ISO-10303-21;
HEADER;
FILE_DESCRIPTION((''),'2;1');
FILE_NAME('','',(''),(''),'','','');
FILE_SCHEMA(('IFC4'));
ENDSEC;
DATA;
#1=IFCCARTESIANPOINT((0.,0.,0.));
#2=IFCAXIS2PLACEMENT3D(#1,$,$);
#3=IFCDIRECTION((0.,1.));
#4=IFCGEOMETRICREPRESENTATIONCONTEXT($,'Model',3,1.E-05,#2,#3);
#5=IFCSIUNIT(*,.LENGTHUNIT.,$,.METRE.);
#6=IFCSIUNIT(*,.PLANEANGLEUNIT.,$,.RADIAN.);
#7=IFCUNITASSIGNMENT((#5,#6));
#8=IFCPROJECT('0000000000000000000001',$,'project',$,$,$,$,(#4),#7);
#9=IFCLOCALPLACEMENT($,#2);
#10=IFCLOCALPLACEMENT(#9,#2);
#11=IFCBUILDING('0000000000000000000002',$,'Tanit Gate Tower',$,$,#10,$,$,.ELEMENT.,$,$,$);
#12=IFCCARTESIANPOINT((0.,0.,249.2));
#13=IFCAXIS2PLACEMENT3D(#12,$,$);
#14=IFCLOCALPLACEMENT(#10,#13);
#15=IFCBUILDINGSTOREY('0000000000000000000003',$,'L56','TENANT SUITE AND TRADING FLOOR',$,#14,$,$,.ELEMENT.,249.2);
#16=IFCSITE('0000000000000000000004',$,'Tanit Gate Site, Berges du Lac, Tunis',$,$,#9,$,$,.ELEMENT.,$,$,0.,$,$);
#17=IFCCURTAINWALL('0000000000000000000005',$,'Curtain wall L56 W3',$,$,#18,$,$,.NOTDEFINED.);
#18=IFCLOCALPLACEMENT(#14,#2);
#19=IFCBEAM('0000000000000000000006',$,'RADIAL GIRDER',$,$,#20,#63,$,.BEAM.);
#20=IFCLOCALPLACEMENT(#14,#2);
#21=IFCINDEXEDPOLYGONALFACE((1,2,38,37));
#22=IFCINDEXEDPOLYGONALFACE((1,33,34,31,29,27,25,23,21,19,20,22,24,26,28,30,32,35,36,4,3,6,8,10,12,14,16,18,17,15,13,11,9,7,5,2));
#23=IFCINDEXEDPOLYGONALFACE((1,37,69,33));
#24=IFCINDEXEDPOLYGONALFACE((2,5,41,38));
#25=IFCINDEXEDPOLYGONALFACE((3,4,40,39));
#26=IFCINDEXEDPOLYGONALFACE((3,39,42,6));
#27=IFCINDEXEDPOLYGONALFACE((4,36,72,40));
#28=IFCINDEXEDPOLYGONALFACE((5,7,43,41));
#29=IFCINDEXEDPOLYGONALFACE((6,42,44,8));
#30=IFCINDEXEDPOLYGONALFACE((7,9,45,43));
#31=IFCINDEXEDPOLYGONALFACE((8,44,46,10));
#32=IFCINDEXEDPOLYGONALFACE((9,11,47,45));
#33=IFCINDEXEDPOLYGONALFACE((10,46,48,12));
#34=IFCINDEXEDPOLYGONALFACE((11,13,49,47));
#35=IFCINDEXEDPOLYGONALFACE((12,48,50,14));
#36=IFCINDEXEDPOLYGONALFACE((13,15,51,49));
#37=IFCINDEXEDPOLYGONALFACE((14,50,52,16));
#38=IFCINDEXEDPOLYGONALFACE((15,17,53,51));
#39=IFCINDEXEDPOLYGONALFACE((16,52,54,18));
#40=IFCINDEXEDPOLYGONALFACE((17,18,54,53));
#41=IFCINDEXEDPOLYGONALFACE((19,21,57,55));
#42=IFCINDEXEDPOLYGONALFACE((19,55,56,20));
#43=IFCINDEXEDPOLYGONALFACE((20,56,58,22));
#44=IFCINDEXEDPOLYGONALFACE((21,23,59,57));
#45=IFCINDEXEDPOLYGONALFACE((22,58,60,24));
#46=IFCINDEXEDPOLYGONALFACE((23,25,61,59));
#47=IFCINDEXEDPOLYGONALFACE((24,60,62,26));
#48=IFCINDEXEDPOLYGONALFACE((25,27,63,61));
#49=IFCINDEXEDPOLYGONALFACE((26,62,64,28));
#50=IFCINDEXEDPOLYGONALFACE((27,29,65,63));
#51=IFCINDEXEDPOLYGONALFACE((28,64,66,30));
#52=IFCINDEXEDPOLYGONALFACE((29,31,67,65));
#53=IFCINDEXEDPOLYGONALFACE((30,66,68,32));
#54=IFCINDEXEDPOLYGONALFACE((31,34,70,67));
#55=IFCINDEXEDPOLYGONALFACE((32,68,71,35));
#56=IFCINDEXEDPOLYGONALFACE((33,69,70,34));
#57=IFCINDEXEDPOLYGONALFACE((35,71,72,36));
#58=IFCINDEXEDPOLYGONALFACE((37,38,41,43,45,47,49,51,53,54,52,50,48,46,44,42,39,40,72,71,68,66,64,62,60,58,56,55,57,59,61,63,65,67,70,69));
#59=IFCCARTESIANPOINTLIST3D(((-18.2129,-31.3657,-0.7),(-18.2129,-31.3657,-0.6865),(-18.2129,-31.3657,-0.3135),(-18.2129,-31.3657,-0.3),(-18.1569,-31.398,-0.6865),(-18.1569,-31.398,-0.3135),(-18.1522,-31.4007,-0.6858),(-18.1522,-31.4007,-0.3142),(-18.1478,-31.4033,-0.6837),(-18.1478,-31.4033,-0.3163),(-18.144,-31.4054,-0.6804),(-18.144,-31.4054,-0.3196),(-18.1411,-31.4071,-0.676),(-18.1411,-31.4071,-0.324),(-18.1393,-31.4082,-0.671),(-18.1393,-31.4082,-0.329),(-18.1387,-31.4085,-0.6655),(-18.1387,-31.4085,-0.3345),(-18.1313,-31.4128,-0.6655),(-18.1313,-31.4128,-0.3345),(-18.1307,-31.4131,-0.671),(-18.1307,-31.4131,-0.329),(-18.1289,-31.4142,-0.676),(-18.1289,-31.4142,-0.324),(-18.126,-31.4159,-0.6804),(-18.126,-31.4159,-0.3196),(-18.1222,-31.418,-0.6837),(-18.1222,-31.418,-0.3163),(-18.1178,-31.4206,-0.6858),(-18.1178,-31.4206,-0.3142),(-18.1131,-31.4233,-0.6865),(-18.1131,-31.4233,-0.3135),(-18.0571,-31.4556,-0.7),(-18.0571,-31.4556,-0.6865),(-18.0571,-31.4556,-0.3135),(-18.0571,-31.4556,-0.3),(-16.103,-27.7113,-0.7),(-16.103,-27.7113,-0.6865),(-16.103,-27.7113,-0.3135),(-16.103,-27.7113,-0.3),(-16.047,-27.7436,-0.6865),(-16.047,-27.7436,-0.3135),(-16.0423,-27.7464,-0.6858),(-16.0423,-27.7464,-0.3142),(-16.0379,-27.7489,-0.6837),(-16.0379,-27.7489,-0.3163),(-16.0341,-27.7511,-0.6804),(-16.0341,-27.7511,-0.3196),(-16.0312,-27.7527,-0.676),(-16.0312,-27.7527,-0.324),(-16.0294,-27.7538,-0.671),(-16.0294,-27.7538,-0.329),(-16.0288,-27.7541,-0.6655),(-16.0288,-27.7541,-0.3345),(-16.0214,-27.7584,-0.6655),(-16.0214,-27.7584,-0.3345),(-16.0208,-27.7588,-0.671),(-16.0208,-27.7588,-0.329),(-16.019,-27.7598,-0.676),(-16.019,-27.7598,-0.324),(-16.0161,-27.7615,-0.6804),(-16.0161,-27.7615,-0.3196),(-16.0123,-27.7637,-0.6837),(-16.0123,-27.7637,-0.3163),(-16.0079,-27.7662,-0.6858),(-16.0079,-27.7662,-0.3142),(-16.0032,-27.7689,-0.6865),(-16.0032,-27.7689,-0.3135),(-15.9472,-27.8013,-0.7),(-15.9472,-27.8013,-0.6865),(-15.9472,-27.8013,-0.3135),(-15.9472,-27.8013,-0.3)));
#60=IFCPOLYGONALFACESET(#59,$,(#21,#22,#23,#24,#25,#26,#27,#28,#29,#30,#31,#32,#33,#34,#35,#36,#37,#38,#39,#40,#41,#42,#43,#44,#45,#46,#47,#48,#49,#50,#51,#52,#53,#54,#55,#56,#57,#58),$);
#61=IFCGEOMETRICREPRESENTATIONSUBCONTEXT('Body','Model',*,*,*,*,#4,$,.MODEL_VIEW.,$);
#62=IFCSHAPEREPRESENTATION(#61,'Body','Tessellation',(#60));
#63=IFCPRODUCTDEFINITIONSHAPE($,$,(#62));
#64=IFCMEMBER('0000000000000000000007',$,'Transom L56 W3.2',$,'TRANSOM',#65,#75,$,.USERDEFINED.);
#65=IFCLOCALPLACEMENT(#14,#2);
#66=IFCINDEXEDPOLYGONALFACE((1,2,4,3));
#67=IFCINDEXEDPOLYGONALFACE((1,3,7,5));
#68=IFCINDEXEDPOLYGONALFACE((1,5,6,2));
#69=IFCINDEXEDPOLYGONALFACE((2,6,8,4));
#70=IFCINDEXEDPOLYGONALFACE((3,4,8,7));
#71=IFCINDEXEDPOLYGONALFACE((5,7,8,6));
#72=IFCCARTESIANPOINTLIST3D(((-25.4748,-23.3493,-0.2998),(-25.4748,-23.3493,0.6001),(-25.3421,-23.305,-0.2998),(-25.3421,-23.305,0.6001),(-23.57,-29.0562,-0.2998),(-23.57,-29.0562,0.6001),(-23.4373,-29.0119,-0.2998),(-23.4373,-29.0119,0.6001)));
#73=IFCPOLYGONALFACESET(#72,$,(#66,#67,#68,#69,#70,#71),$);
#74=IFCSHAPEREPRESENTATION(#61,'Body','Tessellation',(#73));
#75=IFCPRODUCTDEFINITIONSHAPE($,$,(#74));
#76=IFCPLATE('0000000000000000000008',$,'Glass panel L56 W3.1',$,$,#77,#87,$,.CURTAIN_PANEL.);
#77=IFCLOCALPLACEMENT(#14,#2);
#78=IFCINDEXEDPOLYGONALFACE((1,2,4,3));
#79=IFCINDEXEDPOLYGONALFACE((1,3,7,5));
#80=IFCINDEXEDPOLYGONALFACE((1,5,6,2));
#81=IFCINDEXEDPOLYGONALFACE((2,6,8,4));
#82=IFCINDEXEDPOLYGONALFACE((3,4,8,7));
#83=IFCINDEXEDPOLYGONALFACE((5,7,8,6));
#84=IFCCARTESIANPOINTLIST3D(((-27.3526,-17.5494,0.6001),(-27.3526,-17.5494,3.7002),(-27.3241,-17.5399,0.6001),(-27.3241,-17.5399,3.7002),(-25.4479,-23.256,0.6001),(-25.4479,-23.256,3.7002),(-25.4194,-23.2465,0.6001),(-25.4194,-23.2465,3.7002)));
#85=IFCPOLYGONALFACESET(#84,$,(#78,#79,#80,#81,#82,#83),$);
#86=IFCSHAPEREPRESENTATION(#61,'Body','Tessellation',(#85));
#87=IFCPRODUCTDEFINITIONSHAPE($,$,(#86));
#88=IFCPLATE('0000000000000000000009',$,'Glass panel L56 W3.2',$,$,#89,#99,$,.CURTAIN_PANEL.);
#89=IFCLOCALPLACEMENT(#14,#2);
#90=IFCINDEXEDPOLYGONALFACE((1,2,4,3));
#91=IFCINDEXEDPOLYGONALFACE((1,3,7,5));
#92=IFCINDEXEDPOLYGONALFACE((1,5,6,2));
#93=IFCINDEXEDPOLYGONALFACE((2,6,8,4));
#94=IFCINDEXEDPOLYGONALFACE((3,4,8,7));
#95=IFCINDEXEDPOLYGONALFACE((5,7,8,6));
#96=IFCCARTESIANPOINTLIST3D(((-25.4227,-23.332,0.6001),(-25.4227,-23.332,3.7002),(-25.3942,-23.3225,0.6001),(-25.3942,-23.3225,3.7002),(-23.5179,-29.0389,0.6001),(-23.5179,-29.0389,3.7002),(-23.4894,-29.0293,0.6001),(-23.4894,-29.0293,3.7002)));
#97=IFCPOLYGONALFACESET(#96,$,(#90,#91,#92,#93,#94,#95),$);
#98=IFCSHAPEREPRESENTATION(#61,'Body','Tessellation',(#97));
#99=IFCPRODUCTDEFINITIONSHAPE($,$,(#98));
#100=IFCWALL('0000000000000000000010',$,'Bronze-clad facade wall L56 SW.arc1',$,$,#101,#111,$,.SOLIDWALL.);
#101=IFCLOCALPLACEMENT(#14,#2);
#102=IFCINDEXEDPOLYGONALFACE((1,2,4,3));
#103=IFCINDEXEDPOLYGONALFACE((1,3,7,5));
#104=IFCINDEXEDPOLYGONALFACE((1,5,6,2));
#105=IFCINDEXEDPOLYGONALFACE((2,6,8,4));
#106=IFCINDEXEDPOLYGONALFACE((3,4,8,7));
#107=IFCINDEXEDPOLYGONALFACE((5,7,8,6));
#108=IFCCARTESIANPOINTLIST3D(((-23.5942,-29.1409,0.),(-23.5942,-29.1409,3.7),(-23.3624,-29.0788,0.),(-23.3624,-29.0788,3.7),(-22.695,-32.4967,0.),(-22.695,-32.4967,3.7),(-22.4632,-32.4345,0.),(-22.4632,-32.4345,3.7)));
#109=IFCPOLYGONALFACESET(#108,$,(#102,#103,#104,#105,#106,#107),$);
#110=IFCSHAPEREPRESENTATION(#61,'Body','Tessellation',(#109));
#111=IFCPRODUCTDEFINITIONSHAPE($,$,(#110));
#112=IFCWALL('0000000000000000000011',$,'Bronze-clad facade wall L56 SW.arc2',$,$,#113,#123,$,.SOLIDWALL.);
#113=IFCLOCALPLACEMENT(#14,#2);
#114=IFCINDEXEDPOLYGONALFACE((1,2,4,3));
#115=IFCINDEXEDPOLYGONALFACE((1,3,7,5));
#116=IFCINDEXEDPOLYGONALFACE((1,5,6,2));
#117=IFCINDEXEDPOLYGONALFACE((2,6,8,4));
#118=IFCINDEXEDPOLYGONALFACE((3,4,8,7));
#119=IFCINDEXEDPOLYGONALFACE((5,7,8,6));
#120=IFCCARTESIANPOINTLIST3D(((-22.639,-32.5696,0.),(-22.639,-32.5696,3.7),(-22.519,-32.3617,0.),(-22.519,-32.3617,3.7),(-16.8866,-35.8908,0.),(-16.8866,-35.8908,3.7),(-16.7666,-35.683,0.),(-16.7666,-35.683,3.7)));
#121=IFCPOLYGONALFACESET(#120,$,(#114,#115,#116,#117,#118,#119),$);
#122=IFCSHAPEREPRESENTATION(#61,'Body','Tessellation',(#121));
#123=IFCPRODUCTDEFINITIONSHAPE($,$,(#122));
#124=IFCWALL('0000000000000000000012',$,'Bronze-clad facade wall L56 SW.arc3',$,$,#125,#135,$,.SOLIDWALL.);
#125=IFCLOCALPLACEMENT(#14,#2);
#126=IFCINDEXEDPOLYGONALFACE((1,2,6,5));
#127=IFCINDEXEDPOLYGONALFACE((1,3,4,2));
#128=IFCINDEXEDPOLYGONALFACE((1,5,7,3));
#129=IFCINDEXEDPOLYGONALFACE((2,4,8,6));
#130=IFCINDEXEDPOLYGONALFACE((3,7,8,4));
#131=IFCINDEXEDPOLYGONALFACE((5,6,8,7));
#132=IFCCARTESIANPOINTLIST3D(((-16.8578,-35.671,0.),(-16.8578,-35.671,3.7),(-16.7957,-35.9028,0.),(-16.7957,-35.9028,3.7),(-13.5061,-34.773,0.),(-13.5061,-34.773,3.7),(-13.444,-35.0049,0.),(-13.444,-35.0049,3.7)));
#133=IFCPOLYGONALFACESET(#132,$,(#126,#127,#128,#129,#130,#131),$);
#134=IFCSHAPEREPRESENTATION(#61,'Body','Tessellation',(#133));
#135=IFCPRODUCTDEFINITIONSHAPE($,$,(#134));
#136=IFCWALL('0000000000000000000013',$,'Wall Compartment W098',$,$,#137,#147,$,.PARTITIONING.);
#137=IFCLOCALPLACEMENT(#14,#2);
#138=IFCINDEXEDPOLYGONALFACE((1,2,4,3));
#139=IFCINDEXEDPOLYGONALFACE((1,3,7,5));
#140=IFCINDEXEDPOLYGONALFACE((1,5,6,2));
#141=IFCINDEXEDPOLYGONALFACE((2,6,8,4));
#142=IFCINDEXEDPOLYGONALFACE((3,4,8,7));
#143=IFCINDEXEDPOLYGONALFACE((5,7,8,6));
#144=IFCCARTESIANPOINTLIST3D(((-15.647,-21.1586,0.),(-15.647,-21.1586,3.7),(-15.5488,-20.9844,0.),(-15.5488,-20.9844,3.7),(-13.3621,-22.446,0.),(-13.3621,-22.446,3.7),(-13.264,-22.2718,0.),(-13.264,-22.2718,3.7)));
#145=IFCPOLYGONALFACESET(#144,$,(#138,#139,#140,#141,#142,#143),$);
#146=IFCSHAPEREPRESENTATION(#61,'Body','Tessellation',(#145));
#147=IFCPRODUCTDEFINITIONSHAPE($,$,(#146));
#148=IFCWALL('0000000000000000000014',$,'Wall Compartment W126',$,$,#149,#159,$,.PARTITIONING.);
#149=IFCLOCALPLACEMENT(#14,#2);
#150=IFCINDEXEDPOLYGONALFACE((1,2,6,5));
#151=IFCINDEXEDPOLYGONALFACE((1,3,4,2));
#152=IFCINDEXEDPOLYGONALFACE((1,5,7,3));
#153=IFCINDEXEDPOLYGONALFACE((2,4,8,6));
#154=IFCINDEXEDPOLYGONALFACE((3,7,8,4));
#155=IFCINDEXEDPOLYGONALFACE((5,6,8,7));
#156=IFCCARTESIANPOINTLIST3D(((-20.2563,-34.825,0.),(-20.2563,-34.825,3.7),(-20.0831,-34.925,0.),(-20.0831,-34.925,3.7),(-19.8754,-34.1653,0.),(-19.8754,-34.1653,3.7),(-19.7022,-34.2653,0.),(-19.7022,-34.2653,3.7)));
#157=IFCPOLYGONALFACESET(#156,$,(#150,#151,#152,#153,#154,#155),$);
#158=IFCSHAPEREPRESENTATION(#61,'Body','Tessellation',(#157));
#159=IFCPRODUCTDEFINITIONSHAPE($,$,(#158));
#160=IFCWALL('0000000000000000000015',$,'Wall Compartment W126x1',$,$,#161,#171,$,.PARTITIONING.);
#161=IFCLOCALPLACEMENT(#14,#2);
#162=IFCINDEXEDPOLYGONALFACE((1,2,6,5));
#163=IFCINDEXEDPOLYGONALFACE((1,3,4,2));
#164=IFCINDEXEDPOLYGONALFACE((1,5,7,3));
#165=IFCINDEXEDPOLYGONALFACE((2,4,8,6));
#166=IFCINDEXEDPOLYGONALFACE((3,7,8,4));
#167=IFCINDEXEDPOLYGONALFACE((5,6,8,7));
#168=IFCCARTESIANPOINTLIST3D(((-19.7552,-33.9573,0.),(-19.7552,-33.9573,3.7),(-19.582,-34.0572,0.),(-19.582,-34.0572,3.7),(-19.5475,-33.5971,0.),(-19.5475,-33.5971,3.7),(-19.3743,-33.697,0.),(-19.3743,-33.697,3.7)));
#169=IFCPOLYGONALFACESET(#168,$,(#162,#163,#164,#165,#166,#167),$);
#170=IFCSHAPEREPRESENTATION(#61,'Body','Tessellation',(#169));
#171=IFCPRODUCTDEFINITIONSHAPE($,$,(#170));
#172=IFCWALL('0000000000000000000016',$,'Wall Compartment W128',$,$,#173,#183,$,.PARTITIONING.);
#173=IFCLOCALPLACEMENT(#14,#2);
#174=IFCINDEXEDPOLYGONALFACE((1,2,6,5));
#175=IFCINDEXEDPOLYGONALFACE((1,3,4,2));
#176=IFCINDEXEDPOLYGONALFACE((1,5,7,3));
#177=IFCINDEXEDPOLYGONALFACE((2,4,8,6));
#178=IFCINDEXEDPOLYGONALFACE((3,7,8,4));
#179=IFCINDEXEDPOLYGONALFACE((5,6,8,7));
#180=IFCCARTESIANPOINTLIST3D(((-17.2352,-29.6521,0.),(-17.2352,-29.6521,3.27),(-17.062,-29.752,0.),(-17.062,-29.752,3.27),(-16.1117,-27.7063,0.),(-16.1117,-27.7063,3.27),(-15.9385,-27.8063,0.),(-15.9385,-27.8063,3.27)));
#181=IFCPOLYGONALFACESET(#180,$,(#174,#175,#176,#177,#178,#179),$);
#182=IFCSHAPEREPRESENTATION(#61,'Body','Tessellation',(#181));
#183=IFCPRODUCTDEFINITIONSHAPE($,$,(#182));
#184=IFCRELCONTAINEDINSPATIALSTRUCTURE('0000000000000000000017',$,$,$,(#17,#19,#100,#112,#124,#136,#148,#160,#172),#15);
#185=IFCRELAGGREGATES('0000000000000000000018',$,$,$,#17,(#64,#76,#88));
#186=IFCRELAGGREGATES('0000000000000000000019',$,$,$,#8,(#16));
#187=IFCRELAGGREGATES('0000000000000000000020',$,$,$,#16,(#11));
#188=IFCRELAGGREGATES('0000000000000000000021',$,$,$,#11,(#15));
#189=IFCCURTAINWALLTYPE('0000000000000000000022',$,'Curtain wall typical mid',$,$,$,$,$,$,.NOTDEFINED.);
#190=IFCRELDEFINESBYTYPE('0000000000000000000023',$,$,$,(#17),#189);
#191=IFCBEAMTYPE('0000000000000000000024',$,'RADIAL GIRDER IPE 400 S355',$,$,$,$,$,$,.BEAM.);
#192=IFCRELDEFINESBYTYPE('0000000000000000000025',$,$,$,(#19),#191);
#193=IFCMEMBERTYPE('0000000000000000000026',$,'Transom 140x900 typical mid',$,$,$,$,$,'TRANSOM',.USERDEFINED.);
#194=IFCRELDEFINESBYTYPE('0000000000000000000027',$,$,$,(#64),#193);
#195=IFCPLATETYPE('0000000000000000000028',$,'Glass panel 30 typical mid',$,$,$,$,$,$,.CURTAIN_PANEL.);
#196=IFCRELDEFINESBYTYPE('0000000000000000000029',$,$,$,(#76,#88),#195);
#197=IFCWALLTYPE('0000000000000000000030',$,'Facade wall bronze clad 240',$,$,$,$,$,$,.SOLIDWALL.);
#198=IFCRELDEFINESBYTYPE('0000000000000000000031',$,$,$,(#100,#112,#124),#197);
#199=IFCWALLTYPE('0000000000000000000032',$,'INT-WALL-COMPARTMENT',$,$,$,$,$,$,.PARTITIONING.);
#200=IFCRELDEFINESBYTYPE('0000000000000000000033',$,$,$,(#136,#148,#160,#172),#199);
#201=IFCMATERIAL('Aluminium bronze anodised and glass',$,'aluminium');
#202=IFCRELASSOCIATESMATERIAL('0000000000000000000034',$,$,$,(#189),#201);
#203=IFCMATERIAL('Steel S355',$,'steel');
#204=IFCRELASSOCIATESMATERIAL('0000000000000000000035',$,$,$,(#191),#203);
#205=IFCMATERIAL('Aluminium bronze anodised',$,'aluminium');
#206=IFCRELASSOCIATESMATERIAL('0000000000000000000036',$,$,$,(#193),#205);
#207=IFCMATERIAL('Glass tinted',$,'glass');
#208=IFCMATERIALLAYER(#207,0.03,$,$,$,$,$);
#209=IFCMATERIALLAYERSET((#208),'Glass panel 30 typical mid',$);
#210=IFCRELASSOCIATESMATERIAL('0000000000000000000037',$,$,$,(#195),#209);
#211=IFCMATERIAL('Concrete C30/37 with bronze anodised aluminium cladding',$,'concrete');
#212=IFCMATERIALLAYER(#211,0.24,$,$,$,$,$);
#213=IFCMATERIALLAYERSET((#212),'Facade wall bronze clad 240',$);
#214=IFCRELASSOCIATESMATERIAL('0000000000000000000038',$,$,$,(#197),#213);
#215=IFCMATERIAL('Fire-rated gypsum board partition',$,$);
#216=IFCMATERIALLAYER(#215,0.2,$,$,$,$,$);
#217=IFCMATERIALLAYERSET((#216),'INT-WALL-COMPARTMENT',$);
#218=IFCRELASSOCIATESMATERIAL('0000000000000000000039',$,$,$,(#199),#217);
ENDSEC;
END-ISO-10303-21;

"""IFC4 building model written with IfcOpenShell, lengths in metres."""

from ifc_helpers import new_model, si_unit, direction, frame, frame_2d, origin, origin_2d, place, context, subcontext, project, spatial, rectangle, i_section, extrude, material, layer, layer_set, material_profile, profile_set, type_object, element, aggregate, save


model = new_model("IFC4")

# Units and contexts
model_context = context("Model", 3, precision=1e-05, world=origin(), true_north=direction((0.0, 1.0)))
body_context = subcontext(model_context, "Body", "Model", "MODEL_VIEW")
ifc_project = project(units=[si_unit("LENGTHUNIT", "METRE"), si_unit("PLANEANGLEUNIT", "RADIAN")], contexts=[model_context])

# Site, building, storey
site_placement = place(None, origin())
site = spatial("IfcSite", under=ifc_project, at=site_placement, Name="Tanit Gate Site, Berges du Lac, Tunis", CompositionType="ELEMENT", RefElevation=0.0)
building_placement = place(site_placement, origin())
building = spatial("IfcBuilding", under=site, at=building_placement, Name="Tanit Gate Tower", CompositionType="ELEMENT")
storey_placement = place(building_placement, frame((0.0, 0.0, 249.2)))
storey = spatial("IfcBuildingStorey", under=building, at=storey_placement, Name="L56", Description="TENANT SUITE AND TRADING FLOOR", CompositionType="ELEMENT", Elevation=249.2)

# Curtain wall
ifc_material_1 = material(Name="Aluminium bronze anodised and glass", Category="aluminium")
curtain_wall_type = type_object("IfcCurtainWallType", Name="Curtain wall typical mid", PredefinedType="NOTDEFINED", material=ifc_material_1)
curtain_wall_placement = place(storey_placement, origin())
curtain_wall = element("IfcCurtainWall", 1, at=curtain_wall_placement, inside=storey, type_object=curtain_wall_type, Name="Curtain wall L56 W3", PredefinedType="NOTDEFINED")

# Beam
ifc_material_2 = material(Name="Steel S355", Category="steel")
ifc_material_profile_1 = material_profile(ifc_material_2, i_section(OverallWidth=0.1799, OverallDepth=0.3999, WebThickness=0.0085, FlangeThickness=0.0134, FilletRadius=0.021, at=origin_2d()), Name="IPE 400")
ifc_profile_set_1 = profile_set([ifc_material_profile_1], Name="Steel S355")
beam_type_1 = type_object("IfcBeamType", Name="RADIAL GIRDER IPE 400 S355", PredefinedType="BEAM", material=ifc_profile_set_1)
beam_1_placement = place(storey_placement, frame((-18.135, -31.4106, -0.5), z_axis=(0.50001, 0.86602, 0.0), x_axis=(-0.86602, 0.50001, 0.0)))
element("IfcBeam", 2, at=beam_1_placement, inside=storey, type_object=beam_type_1, Name="RADIAL GIRDER", PredefinedType="BEAM", context=body_context, shape_type="SweptSolid", body=[
    extrude(i_section(OverallWidth=0.1799, OverallDepth=0.3999, WebThickness=0.0085, FlangeThickness=0.0134, FilletRadius=0.021, at=origin_2d()), origin(), (0.0, 0.0, 1.0), 4.2197),
])

# Member
ifc_material_3 = material(Name="Aluminium bronze anodised", Category="aluminium")
ifc_material_profile_2 = material_profile(ifc_material_3, rectangle(XDim=0.1399, YDim=0.8999, at=origin_2d()), Name="140x900 bronze transom")
ifc_profile_set_2 = profile_set([ifc_material_profile_2], Name="Aluminium bronze anodised")
member_type_1 = type_object("IfcMemberType", Name="Transom 140x900 typical mid", ElementType="TRANSOM", PredefinedType="USERDEFINED", material=ifc_profile_set_2)
member_1_placement = place(storey_placement, frame((-25.4084, -23.3271, 0.1501), z_axis=(0.316605, -0.948557, 0.0), x_axis=(0.948557, 0.316605, 0.0)))
member_1 = element("IfcMember", 3, at=member_1_placement, type_object=member_type_1, Name="Transom L56 W3.2", ObjectType="TRANSOM", PredefinedType="USERDEFINED", context=body_context, shape_type="SweptSolid", body=[
    extrude(rectangle(XDim=0.1399, YDim=0.8999, at=origin_2d()), origin(), (0.0, 0.0, 1.0), 6.0164),
])

# Plates
ifc_material_4 = material(Name="Glass tinted", Category="glass")
ifc_layer_1 = layer(ifc_material_4, 0.03)
ifc_layer_set_1 = layer_set([ifc_layer_1], Name="Glass panel 30 typical mid")
plate_type = type_object("IfcPlateType", Name="Glass panel 30 typical mid", PredefinedType="CURTAIN_PANEL", material=ifc_layer_set_1)
plate_1_placement = place(storey_placement, frame((-26.386, -20.3979, 0.6001), z_axis=(0.0, 0.0, 1.0), x_axis=(0.316598, -0.94856, 0.0)))
plate_1 = element("IfcPlate", 4, at=plate_1_placement, type_object=plate_type, Name="Glass panel L56 W3.1", PredefinedType="CURTAIN_PANEL", context=body_context, shape_type="SweptSolid", body=[
    extrude(rectangle(XDim=6.0161, YDim=0.03, at=origin_2d()), origin(), (0.0, 0.0, 1.0), 3.1001),
])
plate_2_placement = place(storey_placement, frame((-24.4561, -26.1807, 0.6001), z_axis=(0.0, 0.0, 1.0), x_axis=(0.316598, -0.94856, 0.0)))
plate_2 = element("IfcPlate", 5, at=plate_2_placement, type_object=plate_type, Name="Glass panel L56 W3.2", PredefinedType="CURTAIN_PANEL", context=body_context, shape_type="SweptSolid", body=[
    extrude(rectangle(XDim=6.0164, YDim=0.03, at=origin_2d()), origin(), (0.0, 0.0, 1.0), 3.1001),
])
aggregate(curtain_wall, [member_1, plate_1, plate_2])

# Walls
ifc_material_5 = material(Name="Concrete C30/37 with bronze anodised aluminium cladding", Category="concrete")
ifc_layer_2 = layer(ifc_material_5, 0.24)
ifc_layer_set_2 = layer_set([ifc_layer_2], Name="Facade wall bronze clad 240")
wall_type_1 = type_object("IfcWallType", Name="Facade wall bronze clad 240", PredefinedType="SOLIDWALL", material=ifc_layer_set_2)
wall_1_placement = place(storey_placement, frame((-23.4783, -29.1099, 0.0), z_axis=(0.0, 0.0, 1.0), x_axis=(0.258822, -0.965925, 0.0)))
element("IfcWall", 6, at=wall_1_placement, inside=storey, type_object=wall_type_1, Name="Bronze-clad facade wall L56 SW.arc1", PredefinedType="SOLIDWALL", context=body_context, shape_type="SweptSolid", body=[
    extrude(rectangle(XDim=3.4741, YDim=0.24, at=frame_2d((1.7371, 0.0))), origin(), (0.0, 0.0, 1.0), 3.7),
])
wall_2_placement = place(storey_placement, frame((-22.5791, -32.4656, 0.0), z_axis=(0.0, 0.0, 1.0), x_axis=(0.866018, -0.500013, 0.0)))
element("IfcWall", 7, at=wall_2_placement, inside=storey, type_object=wall_type_1, Name="Bronze-clad facade wall L56 SW.arc2", PredefinedType="SOLIDWALL", context=body_context, shape_type="SweptSolid", body=[
    extrude(rectangle(XDim=6.6423, YDim=0.24, at=frame_2d((3.3213, 0.0))), origin(), (0.0, 0.0, 1.0), 3.7),
])
wall_3_placement = place(storey_placement, frame((-16.8267, -35.7869, 0.0), z_axis=(0.0, 0.0, 1.0), x_axis=(0.965938, 0.258775, 0.0)))
element("IfcWall", 8, at=wall_3_placement, inside=storey, type_object=wall_type_1, Name="Bronze-clad facade wall L56 SW.arc3", PredefinedType="SOLIDWALL", context=body_context, shape_type="SweptSolid", body=[
    extrude(rectangle(XDim=3.47, YDim=0.24, at=frame_2d((1.7349, 0.0))), origin(), (0.0, 0.0, 1.0), 3.7),
])
ifc_material_6 = material(Name="Fire-rated gypsum board partition")
ifc_layer_3 = layer(ifc_material_6, 0.2)
ifc_layer_set_3 = layer_set([ifc_layer_3], Name="INT-WALL-COMPARTMENT")
wall_type_2 = type_object("IfcWallType", Name="INT-WALL-COMPARTMENT", PredefinedType="PARTITIONING", material=ifc_layer_set_3)
wall_4_placement = place(storey_placement, frame((-15.5979, -21.0715, 0.0), z_axis=(0.0, 0.0, 1.0), x_axis=(0.871235, -0.490867, 0.0)))
element("IfcWall", 9, at=wall_4_placement, inside=storey, type_object=wall_type_2, Name="Wall Compartment W098", PredefinedType="PARTITIONING", context=body_context, shape_type="SweptSolid", body=[
    extrude(rectangle(XDim=2.6226, YDim=0.2, at=frame_2d((1.3113, 0.0))), origin(), (0.0, 0.0, 1.0), 3.7),
])
wall_5_placement = place(storey_placement, frame((-20.1697, -34.875, 0.0), z_axis=(0.0, 0.0, 1.0), x_axis=(0.5, 0.866025, 0.0)))
element("IfcWall", 10, at=wall_5_placement, inside=storey, type_object=wall_type_2, Name="Wall Compartment W126", PredefinedType="PARTITIONING", context=body_context, shape_type="SweptSolid", body=[
    extrude(rectangle(XDim=0.7617, YDim=0.2, at=frame_2d((0.3809, 0.0))), origin(), (0.0, 0.0, 1.0), 3.7),
])
wall_6_placement = place(storey_placement, frame((-19.6687, -34.0073, 0.0), z_axis=(0.0, 0.0, 1.0), x_axis=(0.499739, 0.866176, 0.0)))
element("IfcWall", 11, at=wall_6_placement, inside=storey, type_object=wall_type_2, Name="Wall Compartment W126x1", PredefinedType="PARTITIONING", context=body_context, shape_type="SweptSolid", body=[
    extrude(rectangle(XDim=0.4158, YDim=0.2, at=frame_2d((0.208, 0.0))), origin(), (0.0, 0.0, 1.0), 3.7),
])
wall_7_placement = place(storey_placement, frame((-17.1487, -29.7021, 0.0), z_axis=(0.0, 0.0, 1.0), x_axis=(0.500042, 0.866001, 0.0)))
element("IfcWall", 12, at=wall_7_placement, inside=storey, type_object=wall_type_2, Name="Wall Compartment W128", PredefinedType="PARTITIONING", context=body_context, shape_type="SweptSolid", body=[
    extrude(rectangle(XDim=2.2468, YDim=0.2, at=frame_2d((1.1235, 0.0))), origin(), (0.0, 0.0, 1.0), 3.27),
])

save(model, "model.ifc")
